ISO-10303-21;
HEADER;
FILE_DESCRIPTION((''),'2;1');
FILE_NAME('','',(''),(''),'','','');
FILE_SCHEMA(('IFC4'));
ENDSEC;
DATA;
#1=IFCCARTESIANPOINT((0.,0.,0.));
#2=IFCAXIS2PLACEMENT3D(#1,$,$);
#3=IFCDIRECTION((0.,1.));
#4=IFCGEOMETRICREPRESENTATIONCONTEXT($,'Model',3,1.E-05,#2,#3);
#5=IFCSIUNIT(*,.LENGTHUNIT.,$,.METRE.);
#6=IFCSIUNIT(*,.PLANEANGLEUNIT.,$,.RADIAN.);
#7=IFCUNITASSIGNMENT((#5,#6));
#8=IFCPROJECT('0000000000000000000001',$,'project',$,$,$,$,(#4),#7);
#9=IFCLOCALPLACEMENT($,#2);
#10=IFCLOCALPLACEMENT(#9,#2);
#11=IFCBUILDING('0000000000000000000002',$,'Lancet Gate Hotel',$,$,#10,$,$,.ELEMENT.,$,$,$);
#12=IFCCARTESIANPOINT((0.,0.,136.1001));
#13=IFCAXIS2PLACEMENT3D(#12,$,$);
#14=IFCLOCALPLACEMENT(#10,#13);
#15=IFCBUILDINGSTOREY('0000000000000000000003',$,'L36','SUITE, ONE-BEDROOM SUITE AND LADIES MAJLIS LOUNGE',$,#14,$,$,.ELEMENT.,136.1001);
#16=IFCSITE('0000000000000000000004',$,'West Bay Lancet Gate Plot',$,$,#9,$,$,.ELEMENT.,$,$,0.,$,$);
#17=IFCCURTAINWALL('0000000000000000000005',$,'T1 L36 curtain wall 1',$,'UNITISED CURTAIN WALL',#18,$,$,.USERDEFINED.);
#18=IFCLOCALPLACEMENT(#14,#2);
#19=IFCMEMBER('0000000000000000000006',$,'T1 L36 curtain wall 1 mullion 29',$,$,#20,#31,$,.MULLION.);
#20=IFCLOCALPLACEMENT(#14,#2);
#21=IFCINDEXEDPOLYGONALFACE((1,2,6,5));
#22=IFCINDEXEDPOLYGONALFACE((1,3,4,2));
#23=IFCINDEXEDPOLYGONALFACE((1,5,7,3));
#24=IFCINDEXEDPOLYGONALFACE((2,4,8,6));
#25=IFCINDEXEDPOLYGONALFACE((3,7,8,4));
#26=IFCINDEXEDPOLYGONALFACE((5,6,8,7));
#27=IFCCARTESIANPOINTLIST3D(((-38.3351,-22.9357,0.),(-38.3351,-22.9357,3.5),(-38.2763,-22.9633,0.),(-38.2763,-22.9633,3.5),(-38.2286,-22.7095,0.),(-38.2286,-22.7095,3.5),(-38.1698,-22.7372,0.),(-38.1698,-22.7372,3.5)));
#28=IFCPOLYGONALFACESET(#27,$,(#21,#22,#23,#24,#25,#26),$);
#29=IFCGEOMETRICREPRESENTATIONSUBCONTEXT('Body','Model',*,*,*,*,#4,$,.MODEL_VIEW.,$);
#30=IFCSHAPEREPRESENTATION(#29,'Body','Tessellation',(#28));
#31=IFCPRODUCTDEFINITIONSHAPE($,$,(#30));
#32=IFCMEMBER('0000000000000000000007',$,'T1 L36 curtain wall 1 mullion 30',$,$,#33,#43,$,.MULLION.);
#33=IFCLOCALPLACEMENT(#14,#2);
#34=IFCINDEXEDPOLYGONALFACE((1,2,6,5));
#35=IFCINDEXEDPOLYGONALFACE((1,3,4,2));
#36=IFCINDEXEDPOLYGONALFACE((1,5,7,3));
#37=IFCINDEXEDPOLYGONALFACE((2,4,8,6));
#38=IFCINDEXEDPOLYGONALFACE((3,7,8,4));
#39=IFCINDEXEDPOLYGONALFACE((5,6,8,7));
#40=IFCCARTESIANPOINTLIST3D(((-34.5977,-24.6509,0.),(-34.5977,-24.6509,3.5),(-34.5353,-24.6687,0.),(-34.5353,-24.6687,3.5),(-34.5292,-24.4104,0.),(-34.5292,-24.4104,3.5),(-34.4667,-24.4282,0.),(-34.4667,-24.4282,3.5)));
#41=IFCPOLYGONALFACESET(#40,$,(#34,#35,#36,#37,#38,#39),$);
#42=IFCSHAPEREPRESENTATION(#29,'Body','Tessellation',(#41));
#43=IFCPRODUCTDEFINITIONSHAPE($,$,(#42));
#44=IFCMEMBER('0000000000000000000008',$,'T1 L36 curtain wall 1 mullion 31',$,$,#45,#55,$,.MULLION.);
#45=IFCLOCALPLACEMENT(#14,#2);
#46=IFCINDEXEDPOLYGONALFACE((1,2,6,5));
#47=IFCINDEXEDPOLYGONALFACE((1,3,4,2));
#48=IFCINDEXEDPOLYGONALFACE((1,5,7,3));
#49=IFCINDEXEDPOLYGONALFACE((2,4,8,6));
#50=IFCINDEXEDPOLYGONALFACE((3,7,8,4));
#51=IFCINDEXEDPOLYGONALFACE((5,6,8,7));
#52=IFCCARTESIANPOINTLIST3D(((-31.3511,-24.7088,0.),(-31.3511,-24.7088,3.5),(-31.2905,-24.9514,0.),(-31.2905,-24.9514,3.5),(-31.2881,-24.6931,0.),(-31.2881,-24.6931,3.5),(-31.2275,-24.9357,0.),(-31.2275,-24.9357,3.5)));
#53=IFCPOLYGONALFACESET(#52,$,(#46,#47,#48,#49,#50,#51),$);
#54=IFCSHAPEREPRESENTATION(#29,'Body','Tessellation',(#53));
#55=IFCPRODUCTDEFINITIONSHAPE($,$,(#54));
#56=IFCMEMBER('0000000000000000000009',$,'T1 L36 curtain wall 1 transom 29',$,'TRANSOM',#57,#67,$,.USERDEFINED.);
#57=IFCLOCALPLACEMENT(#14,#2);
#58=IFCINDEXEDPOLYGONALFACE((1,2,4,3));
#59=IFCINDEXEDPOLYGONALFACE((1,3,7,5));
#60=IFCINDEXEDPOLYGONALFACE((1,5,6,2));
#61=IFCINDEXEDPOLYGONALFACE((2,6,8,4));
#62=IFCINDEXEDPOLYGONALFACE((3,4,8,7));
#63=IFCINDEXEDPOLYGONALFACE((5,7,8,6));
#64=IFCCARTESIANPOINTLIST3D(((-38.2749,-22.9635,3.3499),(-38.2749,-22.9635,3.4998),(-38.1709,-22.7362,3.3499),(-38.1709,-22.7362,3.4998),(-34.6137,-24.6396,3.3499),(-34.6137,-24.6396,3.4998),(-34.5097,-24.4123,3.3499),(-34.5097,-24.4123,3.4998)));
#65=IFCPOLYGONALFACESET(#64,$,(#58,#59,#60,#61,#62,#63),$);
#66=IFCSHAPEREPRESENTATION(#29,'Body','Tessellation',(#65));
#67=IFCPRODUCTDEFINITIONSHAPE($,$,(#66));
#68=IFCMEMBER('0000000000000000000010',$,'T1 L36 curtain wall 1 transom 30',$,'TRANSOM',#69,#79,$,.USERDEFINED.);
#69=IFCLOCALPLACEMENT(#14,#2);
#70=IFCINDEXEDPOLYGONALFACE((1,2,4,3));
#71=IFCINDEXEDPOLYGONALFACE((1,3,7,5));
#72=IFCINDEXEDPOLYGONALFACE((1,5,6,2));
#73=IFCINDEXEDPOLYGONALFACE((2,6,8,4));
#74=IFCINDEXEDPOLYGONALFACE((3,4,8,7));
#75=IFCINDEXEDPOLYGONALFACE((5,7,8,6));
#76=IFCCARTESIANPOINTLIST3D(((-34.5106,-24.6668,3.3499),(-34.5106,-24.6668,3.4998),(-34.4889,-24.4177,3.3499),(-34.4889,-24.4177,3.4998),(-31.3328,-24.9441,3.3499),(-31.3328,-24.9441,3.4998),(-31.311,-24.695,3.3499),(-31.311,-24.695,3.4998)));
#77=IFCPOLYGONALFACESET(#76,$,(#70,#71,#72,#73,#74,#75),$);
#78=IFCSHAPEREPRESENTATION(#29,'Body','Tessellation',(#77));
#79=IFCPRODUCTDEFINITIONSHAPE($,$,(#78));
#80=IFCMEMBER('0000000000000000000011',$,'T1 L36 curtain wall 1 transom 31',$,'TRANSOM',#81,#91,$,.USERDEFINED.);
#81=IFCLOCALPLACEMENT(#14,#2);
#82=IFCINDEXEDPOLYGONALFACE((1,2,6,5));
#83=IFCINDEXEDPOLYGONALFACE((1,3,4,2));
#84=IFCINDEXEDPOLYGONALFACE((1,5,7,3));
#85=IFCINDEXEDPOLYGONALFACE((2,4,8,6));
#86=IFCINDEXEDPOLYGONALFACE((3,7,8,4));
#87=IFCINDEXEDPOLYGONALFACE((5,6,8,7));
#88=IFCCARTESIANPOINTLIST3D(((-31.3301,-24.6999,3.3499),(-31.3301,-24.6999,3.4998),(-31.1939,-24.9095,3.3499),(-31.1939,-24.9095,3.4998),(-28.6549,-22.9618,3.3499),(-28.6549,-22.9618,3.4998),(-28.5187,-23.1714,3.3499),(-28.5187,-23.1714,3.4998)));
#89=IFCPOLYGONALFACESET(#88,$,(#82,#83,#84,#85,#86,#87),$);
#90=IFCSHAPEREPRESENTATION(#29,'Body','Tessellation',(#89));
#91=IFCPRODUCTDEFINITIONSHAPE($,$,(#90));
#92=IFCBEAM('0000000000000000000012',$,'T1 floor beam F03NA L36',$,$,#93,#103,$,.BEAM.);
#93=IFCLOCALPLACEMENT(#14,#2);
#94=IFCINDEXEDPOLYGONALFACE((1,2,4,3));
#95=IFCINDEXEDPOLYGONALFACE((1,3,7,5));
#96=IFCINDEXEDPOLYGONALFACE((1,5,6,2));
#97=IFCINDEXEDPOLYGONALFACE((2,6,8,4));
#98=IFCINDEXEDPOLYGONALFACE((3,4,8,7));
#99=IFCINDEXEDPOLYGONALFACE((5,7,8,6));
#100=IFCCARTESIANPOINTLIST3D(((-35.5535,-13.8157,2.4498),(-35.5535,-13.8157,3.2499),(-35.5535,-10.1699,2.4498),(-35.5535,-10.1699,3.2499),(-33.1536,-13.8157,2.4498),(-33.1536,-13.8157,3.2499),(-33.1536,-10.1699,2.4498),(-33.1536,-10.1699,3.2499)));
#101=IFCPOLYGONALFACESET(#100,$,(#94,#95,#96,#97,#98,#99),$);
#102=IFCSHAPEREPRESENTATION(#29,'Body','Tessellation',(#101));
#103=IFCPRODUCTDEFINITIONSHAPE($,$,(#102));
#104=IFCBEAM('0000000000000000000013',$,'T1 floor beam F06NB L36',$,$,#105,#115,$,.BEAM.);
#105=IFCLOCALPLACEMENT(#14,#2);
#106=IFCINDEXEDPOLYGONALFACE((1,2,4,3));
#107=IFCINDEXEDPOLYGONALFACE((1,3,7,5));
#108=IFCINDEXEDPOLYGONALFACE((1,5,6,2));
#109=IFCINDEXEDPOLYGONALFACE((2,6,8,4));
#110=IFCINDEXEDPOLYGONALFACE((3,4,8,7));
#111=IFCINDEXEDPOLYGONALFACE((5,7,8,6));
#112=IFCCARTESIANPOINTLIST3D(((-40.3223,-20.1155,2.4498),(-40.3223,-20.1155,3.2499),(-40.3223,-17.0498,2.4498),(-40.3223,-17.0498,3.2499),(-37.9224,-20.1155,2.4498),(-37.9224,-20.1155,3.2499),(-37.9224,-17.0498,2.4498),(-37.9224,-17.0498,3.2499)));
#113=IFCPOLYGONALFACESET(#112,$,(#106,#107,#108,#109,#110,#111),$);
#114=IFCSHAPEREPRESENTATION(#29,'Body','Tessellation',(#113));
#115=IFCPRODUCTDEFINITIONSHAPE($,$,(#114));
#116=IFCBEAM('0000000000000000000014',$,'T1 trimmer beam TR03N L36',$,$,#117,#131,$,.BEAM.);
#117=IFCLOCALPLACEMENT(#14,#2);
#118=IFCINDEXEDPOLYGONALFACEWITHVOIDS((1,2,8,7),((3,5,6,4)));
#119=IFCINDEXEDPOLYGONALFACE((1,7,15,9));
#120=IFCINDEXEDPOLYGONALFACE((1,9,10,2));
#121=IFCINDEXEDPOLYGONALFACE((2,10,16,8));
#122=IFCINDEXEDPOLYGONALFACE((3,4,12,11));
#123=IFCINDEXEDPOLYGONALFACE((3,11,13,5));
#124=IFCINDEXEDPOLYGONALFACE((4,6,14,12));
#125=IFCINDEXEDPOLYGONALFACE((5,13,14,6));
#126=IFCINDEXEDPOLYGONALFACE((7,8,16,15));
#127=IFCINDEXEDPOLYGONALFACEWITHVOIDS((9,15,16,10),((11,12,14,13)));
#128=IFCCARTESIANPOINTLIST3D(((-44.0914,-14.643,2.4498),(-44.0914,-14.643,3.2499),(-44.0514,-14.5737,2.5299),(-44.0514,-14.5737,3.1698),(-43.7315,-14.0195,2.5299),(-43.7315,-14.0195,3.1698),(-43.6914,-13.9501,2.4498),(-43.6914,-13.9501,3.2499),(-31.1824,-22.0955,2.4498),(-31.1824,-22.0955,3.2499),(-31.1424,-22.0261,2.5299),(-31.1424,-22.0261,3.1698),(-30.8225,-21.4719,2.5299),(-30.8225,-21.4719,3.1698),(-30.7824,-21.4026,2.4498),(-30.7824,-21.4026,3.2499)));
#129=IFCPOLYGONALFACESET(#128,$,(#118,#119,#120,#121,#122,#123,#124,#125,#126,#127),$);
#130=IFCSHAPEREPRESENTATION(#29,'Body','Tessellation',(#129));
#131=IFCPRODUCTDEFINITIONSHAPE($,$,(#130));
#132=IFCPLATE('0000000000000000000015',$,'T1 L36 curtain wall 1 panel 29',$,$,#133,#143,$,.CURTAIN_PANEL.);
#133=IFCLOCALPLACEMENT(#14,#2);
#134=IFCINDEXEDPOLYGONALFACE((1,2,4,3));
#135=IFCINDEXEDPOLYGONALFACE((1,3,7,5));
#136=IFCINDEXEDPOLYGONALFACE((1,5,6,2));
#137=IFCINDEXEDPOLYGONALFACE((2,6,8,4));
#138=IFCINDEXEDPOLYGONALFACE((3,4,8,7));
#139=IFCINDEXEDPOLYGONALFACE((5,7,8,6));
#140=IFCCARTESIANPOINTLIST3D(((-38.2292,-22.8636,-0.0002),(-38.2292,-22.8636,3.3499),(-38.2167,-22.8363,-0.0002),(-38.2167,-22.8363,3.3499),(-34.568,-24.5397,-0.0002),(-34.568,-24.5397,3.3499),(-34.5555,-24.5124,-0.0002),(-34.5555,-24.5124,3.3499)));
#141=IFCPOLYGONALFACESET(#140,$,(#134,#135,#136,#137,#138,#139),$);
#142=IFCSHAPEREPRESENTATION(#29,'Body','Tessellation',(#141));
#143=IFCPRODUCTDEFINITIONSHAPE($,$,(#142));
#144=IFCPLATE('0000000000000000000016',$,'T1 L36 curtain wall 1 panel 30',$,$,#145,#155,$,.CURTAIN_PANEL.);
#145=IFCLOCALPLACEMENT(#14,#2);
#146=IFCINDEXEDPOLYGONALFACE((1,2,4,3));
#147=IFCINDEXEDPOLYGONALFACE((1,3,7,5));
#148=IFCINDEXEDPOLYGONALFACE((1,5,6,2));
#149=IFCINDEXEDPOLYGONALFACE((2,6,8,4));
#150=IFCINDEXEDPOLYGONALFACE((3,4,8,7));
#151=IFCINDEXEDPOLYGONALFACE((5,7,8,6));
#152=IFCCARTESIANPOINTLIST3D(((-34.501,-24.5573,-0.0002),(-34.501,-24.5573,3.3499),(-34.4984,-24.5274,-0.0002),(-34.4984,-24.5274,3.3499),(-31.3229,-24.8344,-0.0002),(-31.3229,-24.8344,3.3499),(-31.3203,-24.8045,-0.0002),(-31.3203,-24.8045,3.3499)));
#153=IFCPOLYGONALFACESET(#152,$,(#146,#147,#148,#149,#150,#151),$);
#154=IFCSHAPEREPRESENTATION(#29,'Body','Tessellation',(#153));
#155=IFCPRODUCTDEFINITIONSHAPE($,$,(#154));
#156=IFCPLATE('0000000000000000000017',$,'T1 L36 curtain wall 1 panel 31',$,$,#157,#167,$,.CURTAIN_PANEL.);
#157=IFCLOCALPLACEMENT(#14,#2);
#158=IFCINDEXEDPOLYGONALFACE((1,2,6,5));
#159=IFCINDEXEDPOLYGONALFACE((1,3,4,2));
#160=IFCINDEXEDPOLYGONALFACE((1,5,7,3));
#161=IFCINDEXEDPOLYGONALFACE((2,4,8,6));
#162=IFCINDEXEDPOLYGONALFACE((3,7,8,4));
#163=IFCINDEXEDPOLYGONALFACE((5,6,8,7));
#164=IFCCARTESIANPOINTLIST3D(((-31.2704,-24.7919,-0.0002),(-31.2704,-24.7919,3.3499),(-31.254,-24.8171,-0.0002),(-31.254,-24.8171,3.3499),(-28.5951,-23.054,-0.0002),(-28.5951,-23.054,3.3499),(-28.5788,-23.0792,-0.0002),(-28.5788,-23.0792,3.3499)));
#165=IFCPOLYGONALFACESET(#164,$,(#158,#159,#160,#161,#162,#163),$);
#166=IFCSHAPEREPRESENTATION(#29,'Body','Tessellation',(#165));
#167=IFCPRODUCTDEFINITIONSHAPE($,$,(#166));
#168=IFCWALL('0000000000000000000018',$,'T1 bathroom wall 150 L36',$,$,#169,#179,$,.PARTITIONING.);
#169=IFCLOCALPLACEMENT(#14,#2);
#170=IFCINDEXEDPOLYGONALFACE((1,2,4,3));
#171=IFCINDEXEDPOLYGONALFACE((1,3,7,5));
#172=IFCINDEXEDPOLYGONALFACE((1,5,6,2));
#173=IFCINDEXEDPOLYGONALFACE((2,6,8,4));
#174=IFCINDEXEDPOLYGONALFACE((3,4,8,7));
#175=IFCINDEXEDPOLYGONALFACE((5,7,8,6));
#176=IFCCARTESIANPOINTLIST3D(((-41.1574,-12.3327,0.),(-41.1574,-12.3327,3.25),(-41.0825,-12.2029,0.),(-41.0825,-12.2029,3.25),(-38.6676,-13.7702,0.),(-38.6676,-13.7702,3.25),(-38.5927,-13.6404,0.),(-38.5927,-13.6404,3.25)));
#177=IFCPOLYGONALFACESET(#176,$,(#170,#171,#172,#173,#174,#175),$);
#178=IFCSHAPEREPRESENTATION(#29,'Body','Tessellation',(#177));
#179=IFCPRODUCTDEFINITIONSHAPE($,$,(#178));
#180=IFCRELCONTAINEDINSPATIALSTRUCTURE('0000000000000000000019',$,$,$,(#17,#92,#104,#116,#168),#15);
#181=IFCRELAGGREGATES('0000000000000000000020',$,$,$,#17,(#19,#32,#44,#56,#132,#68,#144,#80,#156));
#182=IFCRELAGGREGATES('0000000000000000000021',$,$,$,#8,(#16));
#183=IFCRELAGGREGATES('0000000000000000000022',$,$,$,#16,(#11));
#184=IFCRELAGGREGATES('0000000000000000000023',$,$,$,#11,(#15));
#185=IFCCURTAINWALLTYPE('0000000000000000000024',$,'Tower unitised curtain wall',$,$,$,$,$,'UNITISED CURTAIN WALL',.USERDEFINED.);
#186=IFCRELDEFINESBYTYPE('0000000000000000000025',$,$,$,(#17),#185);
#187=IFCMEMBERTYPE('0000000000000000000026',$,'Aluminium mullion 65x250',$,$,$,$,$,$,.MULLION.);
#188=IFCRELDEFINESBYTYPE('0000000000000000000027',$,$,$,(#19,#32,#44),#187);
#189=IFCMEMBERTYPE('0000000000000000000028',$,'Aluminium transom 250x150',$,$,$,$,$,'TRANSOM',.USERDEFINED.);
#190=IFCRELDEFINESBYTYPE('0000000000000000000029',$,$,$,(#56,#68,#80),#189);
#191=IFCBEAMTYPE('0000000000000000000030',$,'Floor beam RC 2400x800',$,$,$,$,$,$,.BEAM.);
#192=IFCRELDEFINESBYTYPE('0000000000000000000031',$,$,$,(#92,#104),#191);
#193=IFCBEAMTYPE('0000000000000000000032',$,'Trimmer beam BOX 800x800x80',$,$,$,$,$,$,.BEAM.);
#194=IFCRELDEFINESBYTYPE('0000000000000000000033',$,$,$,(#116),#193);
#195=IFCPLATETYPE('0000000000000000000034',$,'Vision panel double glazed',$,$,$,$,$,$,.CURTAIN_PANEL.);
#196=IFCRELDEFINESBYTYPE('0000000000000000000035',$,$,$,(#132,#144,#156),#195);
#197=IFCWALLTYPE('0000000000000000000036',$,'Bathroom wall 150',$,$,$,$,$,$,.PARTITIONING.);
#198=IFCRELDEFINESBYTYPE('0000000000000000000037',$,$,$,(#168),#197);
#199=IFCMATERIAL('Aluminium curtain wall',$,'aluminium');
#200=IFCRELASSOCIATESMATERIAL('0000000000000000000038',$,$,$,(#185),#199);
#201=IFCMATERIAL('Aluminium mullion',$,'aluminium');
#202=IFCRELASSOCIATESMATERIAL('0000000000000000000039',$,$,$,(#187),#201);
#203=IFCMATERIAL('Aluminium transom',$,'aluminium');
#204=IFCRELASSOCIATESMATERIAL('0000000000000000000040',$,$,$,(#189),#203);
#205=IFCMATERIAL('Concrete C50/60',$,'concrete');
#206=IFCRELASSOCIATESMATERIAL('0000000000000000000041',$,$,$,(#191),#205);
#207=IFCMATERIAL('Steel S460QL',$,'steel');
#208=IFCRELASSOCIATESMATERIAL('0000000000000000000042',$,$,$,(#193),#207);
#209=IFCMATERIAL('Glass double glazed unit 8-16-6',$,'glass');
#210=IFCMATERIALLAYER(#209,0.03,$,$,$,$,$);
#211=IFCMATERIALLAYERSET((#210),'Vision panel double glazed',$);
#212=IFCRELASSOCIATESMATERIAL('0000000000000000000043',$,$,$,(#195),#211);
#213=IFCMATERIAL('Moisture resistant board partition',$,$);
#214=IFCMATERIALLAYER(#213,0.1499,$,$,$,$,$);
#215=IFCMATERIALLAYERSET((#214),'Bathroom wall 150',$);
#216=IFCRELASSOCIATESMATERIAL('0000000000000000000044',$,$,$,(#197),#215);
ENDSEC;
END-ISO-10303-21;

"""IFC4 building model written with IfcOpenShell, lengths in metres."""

from ifc_helpers import new_model, si_unit, direction, frame, frame_2d, origin, origin_2d, place, context, subcontext, project, spatial, rectangle, hollow_rectangle, extrude, material, layer, layer_set, material_profile, profile_set, type_object, element, aggregate, save


model = new_model("IFC4")

# Units and contexts
model_context = context("Model", 3, precision=1e-05, world=origin(), true_north=direction((0.0, 1.0)))
body_context = subcontext(model_context, "Body", "Model", "MODEL_VIEW")
ifc_project = project(units=[si_unit("LENGTHUNIT", "METRE"), si_unit("PLANEANGLEUNIT", "RADIAN")], contexts=[model_context])

# Site, building, storey
site_placement = place(None, origin())
site = spatial("IfcSite", under=ifc_project, at=site_placement, Name="West Bay Lancet Gate Plot", CompositionType="ELEMENT", RefElevation=0.0)
building_placement = place(site_placement, origin())
building = spatial("IfcBuilding", under=site, at=building_placement, Name="Lancet Gate Hotel", CompositionType="ELEMENT")
storey_placement = place(building_placement, frame((0.0, 0.0, 136.1001)))
storey = spatial("IfcBuildingStorey", under=building, at=storey_placement, Name="L36", Description="SUITE, ONE-BEDROOM SUITE AND LADIES MAJLIS LOUNGE", CompositionType="ELEMENT", Elevation=136.1001)

# Curtain wall, members
ifc_material_1 = material(Name="Aluminium curtain wall", Category="aluminium")
curtain_wall_type = type_object("IfcCurtainWallType", Name="Tower unitised curtain wall", ElementType="UNITISED CURTAIN WALL", PredefinedType="USERDEFINED", material=ifc_material_1)
curtain_wall_placement = place(storey_placement, origin())
curtain_wall = element("IfcCurtainWall", 1, at=curtain_wall_placement, inside=storey, type_object=curtain_wall_type, Name="T1 L36 curtain wall 1", ObjectType="UNITISED CURTAIN WALL", PredefinedType="USERDEFINED")
ifc_material_2 = material(Name="Aluminium mullion", Category="aluminium")
ifc_material_profile_1 = material_profile(ifc_material_2, rectangle(XDim=0.0649, YDim=0.25, at=origin_2d()), Name="MULLION 65x250")
ifc_profile_set_1 = profile_set([ifc_material_profile_1], Name="Aluminium mullion")
member_type_1 = type_object("IfcMemberType", Name="Aluminium mullion 65x250", PredefinedType="MULLION", material=ifc_profile_set_1)
member_1_placement = place(storey_placement, frame((-38.2524, -22.8364, 0.0), z_axis=(0.0, 0.0, 1.0), x_axis=(0.90472, -0.426008, 0.0)))
member_1 = element("IfcMember", 2, at=member_1_placement, type_object=member_type_1, Name="T1 L36 curtain wall 1 mullion 29", PredefinedType="MULLION", context=body_context, shape_type="SweptSolid", body=[
    extrude(rectangle(XDim=0.0649, YDim=0.25, at=origin_2d()), origin(), (0.0, 0.0, 1.0), 3.5),
])
member_2_placement = place(storey_placement, frame((-34.5322, -24.5396, 0.0), z_axis=(0.0, 0.0, 1.0), x_axis=(0.961653, -0.274268, 0.0)))
member_2 = element("IfcMember", 3, at=member_2_placement, type_object=member_type_1, Name="T1 L36 curtain wall 1 mullion 30", PredefinedType="MULLION", context=body_context, shape_type="SweptSolid", body=[
    extrude(rectangle(XDim=0.0649, YDim=0.25, at=origin_2d()), origin(), (0.0, 0.0, 1.0), 3.5),
])
member_3_placement = place(storey_placement, frame((-31.2893, -24.8223, 0.0), z_axis=(0.0, 0.0, 1.0), x_axis=(0.970242, 0.242137, 0.0)))
member_3 = element("IfcMember", 4, at=member_3_placement, type_object=member_type_1, Name="T1 L36 curtain wall 1 mullion 31", PredefinedType="MULLION", context=body_context, shape_type="SweptSolid", body=[
    extrude(rectangle(XDim=0.0649, YDim=0.25, at=origin_2d()), origin(), (0.0, 0.0, 1.0), 3.5),
])
ifc_material_3 = material(Name="Aluminium transom", Category="aluminium")
ifc_material_profile_2 = material_profile(ifc_material_3, rectangle(XDim=0.25, YDim=0.1499, at=origin_2d()), Name="TRANSOM 250x150")
ifc_profile_set_2 = profile_set([ifc_material_profile_2], Name="Aluminium transom")
member_type_2 = type_object("IfcMemberType", Name="Aluminium transom 250x150", ElementType="TRANSOM", PredefinedType="USERDEFINED", material=ifc_profile_set_2)
member_4_placement = place(storey_placement, frame((-38.2229, -22.8499, 3.4248), z_axis=(0.909252, -0.416245, 0.0), x_axis=(0.416245, 0.909252, 0.0)))
member_4 = element("IfcMember", 5, at=member_4_placement, type_object=member_type_2, Name="T1 L36 curtain wall 1 transom 29", ObjectType="TRANSOM", PredefinedType="USERDEFINED", context=body_context, shape_type="SweptSolid", body=[
    extrude(rectangle(XDim=0.25, YDim=0.1499, at=origin_2d()), origin(), (0.0, 0.0, 1.0), 4.0266),
])
member_5_placement = place(storey_placement, frame((-34.4998, -24.5422, 3.4248), z_axis=(0.996214, -0.08694, 0.0), x_axis=(0.08694, 0.996214, 0.0)))
member_5 = element("IfcMember", 6, at=member_5_placement, type_object=member_type_2, Name="T1 L36 curtain wall 1 transom 30", ObjectType="TRANSOM", PredefinedType="USERDEFINED", context=body_context, shape_type="SweptSolid", body=[
    extrude(rectangle(XDim=0.25, YDim=0.1499, at=origin_2d()), origin(), (0.0, 0.0, 1.0), 3.1899),
])
member_6_placement = place(storey_placement, frame((-31.262, -24.8047, 3.4248), z_axis=(0.83855, 0.544824, 0.0), x_axis=(-0.544824, 0.83855, 0.0)))
member_6 = element("IfcMember", 7, at=member_6_placement, type_object=member_type_2, Name="T1 L36 curtain wall 1 transom 31", ObjectType="TRANSOM", PredefinedType="USERDEFINED", context=body_context, shape_type="SweptSolid", body=[
    extrude(rectangle(XDim=0.25, YDim=0.1499, at=origin_2d()), origin(), (0.0, 0.0, 1.0), 3.1902),
])

# Beams
ifc_material_4 = material(Name="Concrete C50/60", Category="concrete")
ifc_material_profile_3 = material_profile(ifc_material_4, rectangle(XDim=2.3999, YDim=0.8, at=origin_2d()), Name="RC 2400x800")
ifc_profile_set_3 = profile_set([ifc_material_profile_3], Name="Concrete C50/60")
beam_type_1 = type_object("IfcBeamType", Name="Floor beam RC 2400x800", PredefinedType="BEAM", material=ifc_profile_set_3)
beam_1_placement = place(storey_placement, frame((-34.3535, -10.1699, 2.8499), z_axis=(0.0, -1.0, 0.0), x_axis=(1.0, 0.0, 0.0)))
element("IfcBeam", 8, at=beam_1_placement, inside=storey, type_object=beam_type_1, Name="T1 floor beam F03NA L36", PredefinedType="BEAM", context=body_context, shape_type="SweptSolid", body=[
    extrude(rectangle(XDim=2.3999, YDim=0.8, at=origin_2d()), origin(), (0.0, 0.0, 1.0), 3.6458),
])
beam_2_placement = place(storey_placement, frame((-39.1223, -17.0498, 2.8499), z_axis=(0.0, -1.0, 0.0), x_axis=(1.0, 0.0, 0.0)))
element("IfcBeam", 9, at=beam_2_placement, inside=storey, type_object=beam_type_1, Name="T1 floor beam F06NB L36", PredefinedType="BEAM", context=body_context, shape_type="SweptSolid", body=[
    extrude(rectangle(XDim=2.3999, YDim=0.8, at=origin_2d()), origin(), (0.0, 0.0, 1.0), 3.0657),
])
ifc_material_5 = material(Name="Steel S460QL", Category="steel")
ifc_material_profile_4 = material_profile(ifc_material_5, hollow_rectangle(XDim=0.8, YDim=0.8, WallThickness=0.0801, at=origin_2d()), Name="BOX 800x800x80")
ifc_profile_set_4 = profile_set([ifc_material_profile_4], Name="Steel S460QL")
beam_type_2 = type_object("IfcBeamType", Name="Trimmer beam BOX 800x800x80", PredefinedType="BEAM", material=ifc_profile_set_4)
beam_3_placement = place(storey_placement, frame((-30.9824, -21.749, 2.8499), z_axis=(-0.866042, 0.499971, 0.0), x_axis=(-0.499971, -0.866042, 0.0)))
element("IfcBeam", 10, at=beam_3_placement, inside=storey, type_object=beam_type_2, Name="T1 trimmer beam TR03N L36", PredefinedType="BEAM", context=body_context, shape_type="SweptSolid", body=[
    extrude(hollow_rectangle(XDim=0.8, YDim=0.8, WallThickness=0.0801, at=origin_2d()), origin(), (0.0, 0.0, 1.0), 14.9058),
])

# Plates
ifc_material_6 = material(Name="Glass double glazed unit 8-16-6", Category="glass")
ifc_layer_1 = layer(ifc_material_6, 0.03)
ifc_layer_set_1 = layer_set([ifc_layer_1], Name="Vision panel double glazed")
plate_type = type_object("IfcPlateType", Name="Vision panel double glazed", PredefinedType="CURTAIN_PANEL", material=ifc_layer_set_1)
plate_1_placement = place(storey_placement, frame((-36.3923, -23.688, -0.0002), z_axis=(0.0, 0.0, 1.0), x_axis=(0.909253, -0.416245, 0.0)))
plate_1 = element("IfcPlate", 11, at=plate_1_placement, type_object=plate_type, Name="T1 L36 curtain wall 1 panel 29", PredefinedType="CURTAIN_PANEL", context=body_context, shape_type="SweptSolid", body=[
    extrude(rectangle(XDim=4.0266, YDim=0.03, at=origin_2d()), origin(), (0.0, 0.0, 1.0), 3.3501),
])
plate_2_placement = place(storey_placement, frame((-32.9106, -24.6809, -0.0002), z_axis=(0.0, 0.0, 1.0), x_axis=(0.996219, -0.08688, 0.0)))
plate_2 = element("IfcPlate", 12, at=plate_2_placement, type_object=plate_type, Name="T1 L36 curtain wall 1 panel 30", PredefinedType="CURTAIN_PANEL", context=body_context, shape_type="SweptSolid", body=[
    extrude(rectangle(XDim=3.1902, YDim=0.03, at=origin_2d()), origin(), (0.0, 0.0, 1.0), 3.3501),
])
plate_3_placement = place(storey_placement, frame((-29.9246, -23.9355, -0.0002), z_axis=(0.0, 0.0, 1.0), x_axis=(0.83858, 0.544778, 0.0)))
plate_3 = element("IfcPlate", 13, at=plate_3_placement, type_object=plate_type, Name="T1 L36 curtain wall 1 panel 31", PredefinedType="CURTAIN_PANEL", context=body_context, shape_type="SweptSolid", body=[
    extrude(rectangle(XDim=3.1902, YDim=0.03, at=origin_2d()), origin(), (0.0, 0.0, 1.0), 3.3501),
])
aggregate(curtain_wall, [member_1, member_2, member_3, member_4, plate_1, member_5, plate_2, member_6, plate_3])

# Wall
ifc_material_7 = material(Name="Moisture resistant board partition")
ifc_layer_2 = layer(ifc_material_7, 0.1499)
ifc_layer_set_2 = layer_set([ifc_layer_2], Name="Bathroom wall 150")
wall_type_1 = type_object("IfcWallType", Name="Bathroom wall 150", PredefinedType="PARTITIONING", material=ifc_layer_set_2)
wall_1_placement = place(storey_placement, frame((-38.6301, -13.7053, 0.0), z_axis=(0.0, 0.0, 1.0), x_axis=(-0.866019, 0.500012, 0.0)))
element("IfcWall", 14, at=wall_1_placement, inside=storey, type_object=wall_type_1, Name="T1 bathroom wall 150 L36", PredefinedType="PARTITIONING", context=body_context, shape_type="SweptSolid", body=[
    extrude(rectangle(XDim=2.875, YDim=0.1499, at=frame_2d((1.4375, 0.0))), origin(), (0.0, 0.0, 1.0), 3.25),
])

save(model, "model.ifc")
